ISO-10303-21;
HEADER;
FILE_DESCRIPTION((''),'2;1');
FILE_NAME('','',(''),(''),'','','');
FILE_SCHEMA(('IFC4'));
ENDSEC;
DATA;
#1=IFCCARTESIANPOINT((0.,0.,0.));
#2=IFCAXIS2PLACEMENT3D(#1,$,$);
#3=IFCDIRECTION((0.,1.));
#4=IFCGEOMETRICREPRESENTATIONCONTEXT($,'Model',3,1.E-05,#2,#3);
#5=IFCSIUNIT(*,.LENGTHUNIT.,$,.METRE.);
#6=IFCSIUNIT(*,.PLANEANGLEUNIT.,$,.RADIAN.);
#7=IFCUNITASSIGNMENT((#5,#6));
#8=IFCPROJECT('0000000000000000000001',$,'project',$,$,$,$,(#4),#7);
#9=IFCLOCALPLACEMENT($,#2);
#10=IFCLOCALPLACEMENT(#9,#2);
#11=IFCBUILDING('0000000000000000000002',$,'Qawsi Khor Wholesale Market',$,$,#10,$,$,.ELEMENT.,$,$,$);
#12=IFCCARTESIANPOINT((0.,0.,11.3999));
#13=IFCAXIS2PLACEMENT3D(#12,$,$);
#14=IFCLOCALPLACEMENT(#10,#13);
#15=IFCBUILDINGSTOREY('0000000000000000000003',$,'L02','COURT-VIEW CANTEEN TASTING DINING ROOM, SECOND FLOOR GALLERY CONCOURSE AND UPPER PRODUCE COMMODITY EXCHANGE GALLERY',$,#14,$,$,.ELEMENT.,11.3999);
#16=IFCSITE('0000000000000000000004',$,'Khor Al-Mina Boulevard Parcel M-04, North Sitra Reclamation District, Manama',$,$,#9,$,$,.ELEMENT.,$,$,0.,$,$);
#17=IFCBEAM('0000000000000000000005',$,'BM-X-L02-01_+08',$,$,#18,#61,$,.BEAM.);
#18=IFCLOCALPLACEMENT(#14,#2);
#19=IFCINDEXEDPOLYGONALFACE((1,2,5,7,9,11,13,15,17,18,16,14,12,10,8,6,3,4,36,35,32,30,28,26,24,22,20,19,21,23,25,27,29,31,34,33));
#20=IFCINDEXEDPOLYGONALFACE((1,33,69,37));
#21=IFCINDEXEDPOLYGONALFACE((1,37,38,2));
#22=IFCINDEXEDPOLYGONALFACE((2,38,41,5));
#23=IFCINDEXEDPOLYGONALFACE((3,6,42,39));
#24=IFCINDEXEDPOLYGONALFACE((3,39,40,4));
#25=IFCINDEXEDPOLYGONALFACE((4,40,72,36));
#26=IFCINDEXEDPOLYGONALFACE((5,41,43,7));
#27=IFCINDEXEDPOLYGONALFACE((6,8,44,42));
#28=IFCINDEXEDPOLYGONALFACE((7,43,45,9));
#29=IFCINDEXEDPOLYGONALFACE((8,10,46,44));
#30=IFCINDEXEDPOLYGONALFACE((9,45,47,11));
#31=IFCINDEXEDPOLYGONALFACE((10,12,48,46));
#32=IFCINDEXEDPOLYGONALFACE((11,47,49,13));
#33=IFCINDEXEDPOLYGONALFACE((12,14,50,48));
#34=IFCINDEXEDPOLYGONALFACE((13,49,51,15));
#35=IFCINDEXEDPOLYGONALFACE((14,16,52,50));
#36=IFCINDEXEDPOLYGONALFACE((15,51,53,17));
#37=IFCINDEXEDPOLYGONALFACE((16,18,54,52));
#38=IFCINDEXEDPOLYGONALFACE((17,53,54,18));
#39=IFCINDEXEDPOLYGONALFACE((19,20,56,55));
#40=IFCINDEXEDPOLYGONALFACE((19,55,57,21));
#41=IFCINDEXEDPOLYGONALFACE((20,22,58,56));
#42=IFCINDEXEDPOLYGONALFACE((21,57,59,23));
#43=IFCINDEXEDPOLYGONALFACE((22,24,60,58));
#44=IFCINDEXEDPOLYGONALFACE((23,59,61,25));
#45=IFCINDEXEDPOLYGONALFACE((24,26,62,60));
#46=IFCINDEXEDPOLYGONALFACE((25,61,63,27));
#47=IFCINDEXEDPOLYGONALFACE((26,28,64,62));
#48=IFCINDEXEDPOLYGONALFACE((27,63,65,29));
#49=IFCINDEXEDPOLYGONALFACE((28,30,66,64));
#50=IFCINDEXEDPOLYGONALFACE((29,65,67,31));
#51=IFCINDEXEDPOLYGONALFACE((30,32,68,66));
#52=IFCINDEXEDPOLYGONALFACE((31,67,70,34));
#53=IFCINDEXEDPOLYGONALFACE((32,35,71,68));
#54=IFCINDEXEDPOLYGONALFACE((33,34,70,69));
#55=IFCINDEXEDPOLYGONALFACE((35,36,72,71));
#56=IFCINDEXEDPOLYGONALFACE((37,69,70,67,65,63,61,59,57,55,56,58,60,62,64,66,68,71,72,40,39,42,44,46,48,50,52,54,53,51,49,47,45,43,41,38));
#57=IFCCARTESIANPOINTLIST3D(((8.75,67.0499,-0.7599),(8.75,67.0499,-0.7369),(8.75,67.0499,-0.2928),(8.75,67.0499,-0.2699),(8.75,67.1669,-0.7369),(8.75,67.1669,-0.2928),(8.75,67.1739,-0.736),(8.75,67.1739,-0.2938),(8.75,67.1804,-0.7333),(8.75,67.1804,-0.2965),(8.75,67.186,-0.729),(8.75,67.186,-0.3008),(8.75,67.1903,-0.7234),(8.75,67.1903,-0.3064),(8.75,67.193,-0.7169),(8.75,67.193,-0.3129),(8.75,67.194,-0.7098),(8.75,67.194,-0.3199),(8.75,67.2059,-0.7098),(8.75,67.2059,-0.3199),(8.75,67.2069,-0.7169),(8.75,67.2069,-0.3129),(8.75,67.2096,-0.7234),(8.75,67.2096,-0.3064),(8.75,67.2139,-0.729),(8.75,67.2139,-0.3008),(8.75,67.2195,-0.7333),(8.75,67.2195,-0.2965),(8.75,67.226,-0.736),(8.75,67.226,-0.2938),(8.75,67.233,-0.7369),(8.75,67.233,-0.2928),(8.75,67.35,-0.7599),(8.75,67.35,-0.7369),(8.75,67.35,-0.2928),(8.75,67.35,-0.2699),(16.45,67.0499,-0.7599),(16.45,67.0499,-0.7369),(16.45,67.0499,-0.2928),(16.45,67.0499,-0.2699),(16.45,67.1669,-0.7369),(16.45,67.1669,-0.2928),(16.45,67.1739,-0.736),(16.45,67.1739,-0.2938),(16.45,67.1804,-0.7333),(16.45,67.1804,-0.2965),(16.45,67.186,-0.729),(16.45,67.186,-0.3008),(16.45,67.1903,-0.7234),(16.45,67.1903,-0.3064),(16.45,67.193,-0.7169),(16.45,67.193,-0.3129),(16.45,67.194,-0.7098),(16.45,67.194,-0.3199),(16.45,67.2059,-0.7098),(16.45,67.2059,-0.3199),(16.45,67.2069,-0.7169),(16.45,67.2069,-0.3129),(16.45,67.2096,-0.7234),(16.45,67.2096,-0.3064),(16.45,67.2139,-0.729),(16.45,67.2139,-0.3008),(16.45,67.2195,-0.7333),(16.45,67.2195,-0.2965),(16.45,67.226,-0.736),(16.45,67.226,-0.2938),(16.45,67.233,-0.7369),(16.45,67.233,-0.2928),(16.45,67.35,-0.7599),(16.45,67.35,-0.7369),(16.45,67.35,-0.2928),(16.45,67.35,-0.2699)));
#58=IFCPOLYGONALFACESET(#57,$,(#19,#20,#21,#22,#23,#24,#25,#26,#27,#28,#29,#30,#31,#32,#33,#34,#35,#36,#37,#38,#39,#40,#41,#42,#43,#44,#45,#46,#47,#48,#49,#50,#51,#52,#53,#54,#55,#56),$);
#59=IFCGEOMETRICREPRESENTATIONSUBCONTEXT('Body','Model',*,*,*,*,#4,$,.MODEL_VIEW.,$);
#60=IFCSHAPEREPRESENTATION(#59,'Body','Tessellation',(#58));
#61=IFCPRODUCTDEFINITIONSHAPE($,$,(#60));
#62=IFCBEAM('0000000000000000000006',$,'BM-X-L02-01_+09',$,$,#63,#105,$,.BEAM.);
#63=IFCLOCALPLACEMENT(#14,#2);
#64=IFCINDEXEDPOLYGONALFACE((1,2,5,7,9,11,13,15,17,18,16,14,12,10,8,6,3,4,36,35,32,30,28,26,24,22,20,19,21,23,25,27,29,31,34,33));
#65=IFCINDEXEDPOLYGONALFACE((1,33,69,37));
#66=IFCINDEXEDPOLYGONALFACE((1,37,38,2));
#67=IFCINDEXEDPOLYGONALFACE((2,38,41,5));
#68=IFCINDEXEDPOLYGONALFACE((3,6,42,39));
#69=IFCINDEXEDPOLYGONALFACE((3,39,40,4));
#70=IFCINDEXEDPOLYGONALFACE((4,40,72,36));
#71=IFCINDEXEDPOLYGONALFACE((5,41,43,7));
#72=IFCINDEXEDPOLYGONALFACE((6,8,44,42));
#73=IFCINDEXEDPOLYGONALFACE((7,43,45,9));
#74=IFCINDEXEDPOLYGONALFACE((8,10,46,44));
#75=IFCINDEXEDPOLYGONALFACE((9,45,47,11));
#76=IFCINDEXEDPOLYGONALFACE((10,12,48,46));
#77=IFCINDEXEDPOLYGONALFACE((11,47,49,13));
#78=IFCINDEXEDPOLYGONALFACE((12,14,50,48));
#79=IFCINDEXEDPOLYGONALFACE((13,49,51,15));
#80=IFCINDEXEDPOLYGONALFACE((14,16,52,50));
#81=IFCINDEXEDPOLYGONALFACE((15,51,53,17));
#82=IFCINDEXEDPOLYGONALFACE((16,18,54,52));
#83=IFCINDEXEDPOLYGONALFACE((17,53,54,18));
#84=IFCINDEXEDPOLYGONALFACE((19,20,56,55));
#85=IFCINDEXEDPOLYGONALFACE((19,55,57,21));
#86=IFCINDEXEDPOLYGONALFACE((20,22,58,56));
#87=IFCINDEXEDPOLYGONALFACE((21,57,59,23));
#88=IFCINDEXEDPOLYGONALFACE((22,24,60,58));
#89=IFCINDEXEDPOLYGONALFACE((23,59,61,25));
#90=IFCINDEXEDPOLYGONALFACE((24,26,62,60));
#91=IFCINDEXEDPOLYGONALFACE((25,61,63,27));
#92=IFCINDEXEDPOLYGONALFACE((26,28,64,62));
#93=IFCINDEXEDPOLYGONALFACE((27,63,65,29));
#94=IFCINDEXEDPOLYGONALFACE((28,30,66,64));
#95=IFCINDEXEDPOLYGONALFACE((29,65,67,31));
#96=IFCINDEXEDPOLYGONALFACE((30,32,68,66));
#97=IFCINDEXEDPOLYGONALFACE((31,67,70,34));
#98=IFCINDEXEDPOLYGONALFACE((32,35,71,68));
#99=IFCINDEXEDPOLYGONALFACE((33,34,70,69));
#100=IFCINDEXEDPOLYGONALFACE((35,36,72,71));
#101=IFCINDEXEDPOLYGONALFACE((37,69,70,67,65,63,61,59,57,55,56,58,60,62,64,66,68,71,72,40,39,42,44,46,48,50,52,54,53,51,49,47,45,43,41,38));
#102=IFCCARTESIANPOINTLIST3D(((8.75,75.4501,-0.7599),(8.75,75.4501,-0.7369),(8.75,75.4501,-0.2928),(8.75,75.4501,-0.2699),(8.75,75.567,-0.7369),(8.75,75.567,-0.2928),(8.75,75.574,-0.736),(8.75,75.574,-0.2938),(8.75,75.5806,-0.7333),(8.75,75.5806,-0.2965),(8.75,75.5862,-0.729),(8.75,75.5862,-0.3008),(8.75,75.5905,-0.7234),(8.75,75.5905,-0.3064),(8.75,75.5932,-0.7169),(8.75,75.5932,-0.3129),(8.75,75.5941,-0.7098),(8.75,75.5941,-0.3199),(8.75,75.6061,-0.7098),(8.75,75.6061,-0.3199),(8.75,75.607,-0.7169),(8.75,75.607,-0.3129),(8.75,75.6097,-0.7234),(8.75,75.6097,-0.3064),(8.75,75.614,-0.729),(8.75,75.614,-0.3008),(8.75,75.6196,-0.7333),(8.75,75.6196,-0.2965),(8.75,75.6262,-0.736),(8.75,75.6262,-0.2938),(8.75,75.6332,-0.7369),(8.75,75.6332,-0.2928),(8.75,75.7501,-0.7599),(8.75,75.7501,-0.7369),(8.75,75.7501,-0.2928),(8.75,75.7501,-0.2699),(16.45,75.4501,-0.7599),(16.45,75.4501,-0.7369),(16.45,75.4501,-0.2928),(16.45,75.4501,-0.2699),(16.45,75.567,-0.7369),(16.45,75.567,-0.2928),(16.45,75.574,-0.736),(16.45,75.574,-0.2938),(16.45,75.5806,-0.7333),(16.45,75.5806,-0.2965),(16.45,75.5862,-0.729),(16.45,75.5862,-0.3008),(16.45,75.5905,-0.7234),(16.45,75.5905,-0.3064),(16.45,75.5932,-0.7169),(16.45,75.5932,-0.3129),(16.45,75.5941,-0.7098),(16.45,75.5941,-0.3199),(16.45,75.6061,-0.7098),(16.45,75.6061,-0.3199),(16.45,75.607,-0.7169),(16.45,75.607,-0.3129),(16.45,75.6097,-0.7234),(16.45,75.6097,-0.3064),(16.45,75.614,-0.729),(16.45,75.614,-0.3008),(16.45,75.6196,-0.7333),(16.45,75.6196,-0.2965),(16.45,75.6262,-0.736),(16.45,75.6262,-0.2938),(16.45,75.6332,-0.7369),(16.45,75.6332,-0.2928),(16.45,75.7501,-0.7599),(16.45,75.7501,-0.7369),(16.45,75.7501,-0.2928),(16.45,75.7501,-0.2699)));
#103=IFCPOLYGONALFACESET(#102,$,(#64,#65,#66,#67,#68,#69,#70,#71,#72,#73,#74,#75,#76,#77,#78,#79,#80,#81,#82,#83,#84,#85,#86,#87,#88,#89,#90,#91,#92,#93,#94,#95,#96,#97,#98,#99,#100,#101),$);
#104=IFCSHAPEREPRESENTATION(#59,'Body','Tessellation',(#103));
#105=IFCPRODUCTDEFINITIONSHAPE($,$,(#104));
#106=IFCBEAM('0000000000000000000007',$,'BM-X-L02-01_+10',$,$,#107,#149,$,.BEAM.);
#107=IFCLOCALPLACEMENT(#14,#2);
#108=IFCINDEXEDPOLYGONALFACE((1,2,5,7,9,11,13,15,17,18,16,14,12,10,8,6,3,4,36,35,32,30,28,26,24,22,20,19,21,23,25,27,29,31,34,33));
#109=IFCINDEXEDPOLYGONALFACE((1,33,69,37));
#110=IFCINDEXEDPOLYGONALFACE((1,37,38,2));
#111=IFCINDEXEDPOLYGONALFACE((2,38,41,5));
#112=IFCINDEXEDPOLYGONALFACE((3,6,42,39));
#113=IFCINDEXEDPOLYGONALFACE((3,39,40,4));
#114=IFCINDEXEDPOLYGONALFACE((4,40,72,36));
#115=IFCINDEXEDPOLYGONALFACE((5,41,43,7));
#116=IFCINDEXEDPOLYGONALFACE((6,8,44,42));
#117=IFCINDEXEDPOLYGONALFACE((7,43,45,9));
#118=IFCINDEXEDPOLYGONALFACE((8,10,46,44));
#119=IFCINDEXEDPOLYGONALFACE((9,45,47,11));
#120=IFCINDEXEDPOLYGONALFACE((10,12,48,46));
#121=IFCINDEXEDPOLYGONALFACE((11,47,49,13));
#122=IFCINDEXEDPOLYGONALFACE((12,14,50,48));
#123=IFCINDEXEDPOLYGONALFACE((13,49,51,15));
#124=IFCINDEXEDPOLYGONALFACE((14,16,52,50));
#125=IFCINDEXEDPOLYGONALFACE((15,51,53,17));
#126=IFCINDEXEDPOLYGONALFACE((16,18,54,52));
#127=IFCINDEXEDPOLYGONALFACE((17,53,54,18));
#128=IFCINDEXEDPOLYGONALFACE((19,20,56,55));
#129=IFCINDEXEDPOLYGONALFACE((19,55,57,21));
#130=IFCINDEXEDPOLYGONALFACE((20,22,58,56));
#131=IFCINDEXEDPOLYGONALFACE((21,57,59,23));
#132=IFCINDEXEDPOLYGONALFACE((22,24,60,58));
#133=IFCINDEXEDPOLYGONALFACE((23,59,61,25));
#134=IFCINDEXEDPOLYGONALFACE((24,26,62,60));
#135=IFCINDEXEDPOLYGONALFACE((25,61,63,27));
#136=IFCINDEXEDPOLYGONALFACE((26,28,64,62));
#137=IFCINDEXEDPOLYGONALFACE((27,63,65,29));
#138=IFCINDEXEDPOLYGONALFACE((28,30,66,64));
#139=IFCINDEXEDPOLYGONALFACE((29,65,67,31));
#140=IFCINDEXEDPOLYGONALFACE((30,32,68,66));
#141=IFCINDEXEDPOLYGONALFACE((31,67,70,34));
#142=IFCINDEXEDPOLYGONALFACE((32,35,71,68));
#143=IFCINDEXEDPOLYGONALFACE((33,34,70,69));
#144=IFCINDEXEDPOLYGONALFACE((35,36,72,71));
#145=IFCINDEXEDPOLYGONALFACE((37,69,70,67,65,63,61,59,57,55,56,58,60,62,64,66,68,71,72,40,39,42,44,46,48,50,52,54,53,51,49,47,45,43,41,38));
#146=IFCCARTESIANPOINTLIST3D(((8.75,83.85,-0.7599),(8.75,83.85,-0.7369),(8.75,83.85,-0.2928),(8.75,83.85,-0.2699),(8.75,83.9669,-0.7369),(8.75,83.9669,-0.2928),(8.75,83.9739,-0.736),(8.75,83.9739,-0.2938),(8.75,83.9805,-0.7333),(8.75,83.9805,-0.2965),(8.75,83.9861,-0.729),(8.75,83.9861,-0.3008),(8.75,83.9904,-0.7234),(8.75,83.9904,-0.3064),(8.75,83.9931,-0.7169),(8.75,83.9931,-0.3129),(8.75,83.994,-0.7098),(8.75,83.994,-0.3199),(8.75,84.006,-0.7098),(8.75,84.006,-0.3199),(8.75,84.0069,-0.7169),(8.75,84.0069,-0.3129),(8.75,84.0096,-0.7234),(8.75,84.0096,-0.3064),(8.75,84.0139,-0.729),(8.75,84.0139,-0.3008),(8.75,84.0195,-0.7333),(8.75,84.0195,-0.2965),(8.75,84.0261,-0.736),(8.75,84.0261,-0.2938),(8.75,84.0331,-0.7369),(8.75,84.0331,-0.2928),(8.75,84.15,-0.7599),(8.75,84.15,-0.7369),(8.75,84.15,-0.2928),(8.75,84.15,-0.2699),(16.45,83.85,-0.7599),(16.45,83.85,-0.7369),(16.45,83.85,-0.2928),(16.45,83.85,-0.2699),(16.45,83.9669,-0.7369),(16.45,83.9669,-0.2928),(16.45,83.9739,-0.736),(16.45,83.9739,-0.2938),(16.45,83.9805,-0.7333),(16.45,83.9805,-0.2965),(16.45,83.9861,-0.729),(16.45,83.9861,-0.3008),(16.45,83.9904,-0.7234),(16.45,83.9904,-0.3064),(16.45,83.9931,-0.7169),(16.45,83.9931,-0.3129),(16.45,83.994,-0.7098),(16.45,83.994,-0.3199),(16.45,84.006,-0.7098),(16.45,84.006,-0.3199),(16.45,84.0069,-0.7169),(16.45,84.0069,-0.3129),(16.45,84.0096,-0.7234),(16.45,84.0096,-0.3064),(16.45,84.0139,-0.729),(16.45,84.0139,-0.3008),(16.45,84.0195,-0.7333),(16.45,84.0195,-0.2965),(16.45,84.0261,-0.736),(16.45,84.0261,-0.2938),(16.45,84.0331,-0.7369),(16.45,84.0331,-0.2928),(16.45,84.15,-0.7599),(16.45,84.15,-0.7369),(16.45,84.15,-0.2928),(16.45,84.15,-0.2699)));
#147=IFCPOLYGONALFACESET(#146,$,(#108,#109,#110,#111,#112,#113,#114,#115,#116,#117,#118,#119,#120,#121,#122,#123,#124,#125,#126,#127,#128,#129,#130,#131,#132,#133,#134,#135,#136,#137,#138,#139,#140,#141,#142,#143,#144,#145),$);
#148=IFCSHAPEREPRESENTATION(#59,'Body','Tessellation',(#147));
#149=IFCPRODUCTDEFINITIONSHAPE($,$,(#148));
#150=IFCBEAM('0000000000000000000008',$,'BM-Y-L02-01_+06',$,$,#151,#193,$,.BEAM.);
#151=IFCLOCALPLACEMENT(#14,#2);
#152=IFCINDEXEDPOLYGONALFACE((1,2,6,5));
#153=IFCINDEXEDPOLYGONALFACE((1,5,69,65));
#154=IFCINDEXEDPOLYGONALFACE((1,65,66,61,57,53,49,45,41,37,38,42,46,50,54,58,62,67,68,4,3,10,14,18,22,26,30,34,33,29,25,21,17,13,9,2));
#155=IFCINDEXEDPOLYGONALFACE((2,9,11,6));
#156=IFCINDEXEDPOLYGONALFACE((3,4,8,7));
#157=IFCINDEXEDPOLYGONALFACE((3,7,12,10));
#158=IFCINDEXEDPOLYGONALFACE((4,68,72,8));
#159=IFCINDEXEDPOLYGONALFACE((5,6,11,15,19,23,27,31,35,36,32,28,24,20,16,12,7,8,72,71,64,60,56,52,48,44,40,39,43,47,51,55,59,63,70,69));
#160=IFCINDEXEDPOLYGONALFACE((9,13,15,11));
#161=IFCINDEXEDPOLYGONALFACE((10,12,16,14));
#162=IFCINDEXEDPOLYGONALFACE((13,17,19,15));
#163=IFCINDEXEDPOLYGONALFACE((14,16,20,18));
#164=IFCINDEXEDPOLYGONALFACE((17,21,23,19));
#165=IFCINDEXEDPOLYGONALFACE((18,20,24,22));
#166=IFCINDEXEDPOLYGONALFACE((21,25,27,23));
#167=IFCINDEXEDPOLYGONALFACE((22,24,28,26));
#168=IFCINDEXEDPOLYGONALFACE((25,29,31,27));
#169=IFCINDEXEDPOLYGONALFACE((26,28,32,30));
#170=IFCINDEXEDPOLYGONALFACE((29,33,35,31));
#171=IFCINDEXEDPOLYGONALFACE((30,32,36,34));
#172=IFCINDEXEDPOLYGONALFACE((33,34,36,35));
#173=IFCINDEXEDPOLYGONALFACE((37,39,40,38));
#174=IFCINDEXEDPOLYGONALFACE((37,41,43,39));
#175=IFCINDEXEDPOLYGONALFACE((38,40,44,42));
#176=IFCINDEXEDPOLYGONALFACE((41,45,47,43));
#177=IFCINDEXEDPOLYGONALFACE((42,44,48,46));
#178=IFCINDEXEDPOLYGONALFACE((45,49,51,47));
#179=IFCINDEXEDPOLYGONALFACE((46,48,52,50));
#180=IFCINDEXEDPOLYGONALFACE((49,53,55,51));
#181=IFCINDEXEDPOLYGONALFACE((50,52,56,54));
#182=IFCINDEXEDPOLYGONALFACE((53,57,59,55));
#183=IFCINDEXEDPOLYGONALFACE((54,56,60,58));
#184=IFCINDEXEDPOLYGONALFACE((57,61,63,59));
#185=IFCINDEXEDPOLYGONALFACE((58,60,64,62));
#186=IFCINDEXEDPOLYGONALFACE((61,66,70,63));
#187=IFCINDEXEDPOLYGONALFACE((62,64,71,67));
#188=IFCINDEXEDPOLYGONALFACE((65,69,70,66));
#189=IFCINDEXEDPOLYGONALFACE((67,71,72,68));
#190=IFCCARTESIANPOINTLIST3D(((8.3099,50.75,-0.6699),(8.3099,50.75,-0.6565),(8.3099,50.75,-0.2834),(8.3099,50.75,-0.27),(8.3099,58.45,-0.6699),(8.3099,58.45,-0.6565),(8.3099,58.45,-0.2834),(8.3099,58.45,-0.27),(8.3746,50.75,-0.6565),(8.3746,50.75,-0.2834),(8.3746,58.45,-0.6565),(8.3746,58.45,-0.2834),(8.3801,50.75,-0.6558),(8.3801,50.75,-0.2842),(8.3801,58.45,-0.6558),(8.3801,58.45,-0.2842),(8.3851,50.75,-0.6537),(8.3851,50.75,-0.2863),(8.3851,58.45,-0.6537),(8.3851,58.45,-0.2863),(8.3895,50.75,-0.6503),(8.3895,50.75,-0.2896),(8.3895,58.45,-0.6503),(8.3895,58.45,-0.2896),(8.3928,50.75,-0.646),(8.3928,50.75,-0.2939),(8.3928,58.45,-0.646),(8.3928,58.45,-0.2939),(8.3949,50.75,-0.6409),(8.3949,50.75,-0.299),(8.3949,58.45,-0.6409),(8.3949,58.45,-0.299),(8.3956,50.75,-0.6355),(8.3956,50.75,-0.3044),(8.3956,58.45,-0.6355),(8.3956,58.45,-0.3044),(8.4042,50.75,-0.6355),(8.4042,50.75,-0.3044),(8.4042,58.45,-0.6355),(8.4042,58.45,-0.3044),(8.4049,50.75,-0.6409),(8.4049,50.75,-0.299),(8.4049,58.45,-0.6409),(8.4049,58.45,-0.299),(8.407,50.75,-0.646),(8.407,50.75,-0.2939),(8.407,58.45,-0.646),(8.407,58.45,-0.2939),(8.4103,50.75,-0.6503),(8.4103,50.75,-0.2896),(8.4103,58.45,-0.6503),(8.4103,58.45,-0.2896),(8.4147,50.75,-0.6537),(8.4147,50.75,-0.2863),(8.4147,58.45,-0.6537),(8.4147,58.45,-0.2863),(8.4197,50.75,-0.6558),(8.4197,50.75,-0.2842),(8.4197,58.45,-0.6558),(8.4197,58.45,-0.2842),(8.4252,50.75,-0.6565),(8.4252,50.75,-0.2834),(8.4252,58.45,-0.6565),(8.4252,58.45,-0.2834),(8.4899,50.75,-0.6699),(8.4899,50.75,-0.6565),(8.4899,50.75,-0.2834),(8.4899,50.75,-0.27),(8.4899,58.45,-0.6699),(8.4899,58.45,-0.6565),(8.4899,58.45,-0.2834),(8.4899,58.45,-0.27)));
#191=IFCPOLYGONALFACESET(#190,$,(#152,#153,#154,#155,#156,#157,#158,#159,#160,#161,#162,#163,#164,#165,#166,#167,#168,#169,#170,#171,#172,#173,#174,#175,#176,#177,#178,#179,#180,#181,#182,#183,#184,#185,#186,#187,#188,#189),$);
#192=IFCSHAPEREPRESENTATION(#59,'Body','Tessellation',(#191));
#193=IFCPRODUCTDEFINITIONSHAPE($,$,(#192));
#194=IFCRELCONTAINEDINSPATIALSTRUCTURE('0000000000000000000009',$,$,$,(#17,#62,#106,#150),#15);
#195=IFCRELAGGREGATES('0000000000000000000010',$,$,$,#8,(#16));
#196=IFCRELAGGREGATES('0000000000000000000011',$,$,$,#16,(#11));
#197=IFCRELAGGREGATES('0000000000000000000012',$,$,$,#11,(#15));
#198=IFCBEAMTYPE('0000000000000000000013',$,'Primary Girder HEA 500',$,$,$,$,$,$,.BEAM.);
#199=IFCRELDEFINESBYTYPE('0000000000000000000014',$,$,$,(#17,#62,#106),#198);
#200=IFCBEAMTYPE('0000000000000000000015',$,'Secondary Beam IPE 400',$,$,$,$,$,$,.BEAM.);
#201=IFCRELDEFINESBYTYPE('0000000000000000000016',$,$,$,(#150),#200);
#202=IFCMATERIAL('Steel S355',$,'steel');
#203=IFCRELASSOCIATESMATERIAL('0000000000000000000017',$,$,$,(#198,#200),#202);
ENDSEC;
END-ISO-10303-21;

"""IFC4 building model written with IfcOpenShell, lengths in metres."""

from ifc_helpers import new_model, si_unit, direction, frame, origin, origin_2d, place, context, subcontext, project, spatial, i_section, extrude, material, material_profile, profile_set, type_object, element, save


model = new_model("IFC4")

# Units and contexts
model_context = context("Model", 3, precision=1e-05, world=origin(), true_north=direction((0.0, 1.0)))
body_context = subcontext(model_context, "Body", "Model", "MODEL_VIEW")
ifc_project = project(units=[si_unit("LENGTHUNIT", "METRE"), si_unit("PLANEANGLEUNIT", "RADIAN")], contexts=[model_context])

# Site, building, storey
site_placement = place(None, origin())
site = spatial("IfcSite", under=ifc_project, at=site_placement, Name="Khor Al-Mina Boulevard Parcel M-04, North Sitra Reclamation District, Manama", CompositionType="ELEMENT", RefElevation=0.0)
building_placement = place(site_placement, origin())
building = spatial("IfcBuilding", under=site, at=building_placement, Name="Qawsi Khor Wholesale Market", CompositionType="ELEMENT")
storey_placement = place(building_placement, frame((0.0, 0.0, 11.3999)))
storey = spatial("IfcBuildingStorey", under=building, at=storey_placement, Name="L02", Description="COURT-VIEW CANTEEN TASTING DINING ROOM, SECOND FLOOR GALLERY CONCOURSE AND UPPER PRODUCE COMMODITY EXCHANGE GALLERY", CompositionType="ELEMENT", Elevation=11.3999)

# Beams
ifc_material_1 = material(Name="Steel S355", Category="steel")
ifc_material_profile_1 = material_profile(ifc_material_1, i_section(OverallWidth=0.3, OverallDepth=0.49, WebThickness=0.012, FlangeThickness=0.0229, FilletRadius=0.0271, at=origin_2d()), Name="HEA 500")
ifc_profile_set_1 = profile_set([ifc_material_profile_1], Name="Steel S355")
beam_type_1 = type_object("IfcBeamType", Name="Primary Girder HEA 500", PredefinedType="BEAM", material=ifc_profile_set_1)
for number, where, z_axis, x_axis, name in (
    (1, (8.75, 67.2, -0.5149), (1.0, 0.0, 0.0), (0.0, 1.0, 0.0), "BM-X-L02-01_+08"),
    (2, (8.75, 75.6001, -0.5149), (1.0, 0.0, 0.0), (0.0, 1.0, 0.0), "BM-X-L02-01_+09"),
    (3, (8.75, 84.0, -0.5149), (1.0, 0.0, 0.0), (0.0, 1.0, 0.0), "BM-X-L02-01_+10"),
):
    element("IfcBeam", number, at=place(storey_placement, frame(where, z_axis=z_axis, x_axis=x_axis)), inside=storey, type_object=beam_type_1, Name=name, PredefinedType="BEAM", context=body_context, shape_type="SweptSolid", body=[
        extrude(i_section(OverallWidth=0.3, OverallDepth=0.49, WebThickness=0.012, FlangeThickness=0.0229, FilletRadius=0.0271, at=origin_2d()), origin(), (0.0, 0.0, 1.0), 7.7),
    ])
ifc_material_profile_2 = material_profile(ifc_material_1, i_section(OverallWidth=0.1799, OverallDepth=0.3999, WebThickness=0.0085, FlangeThickness=0.0134, FilletRadius=0.021, at=origin_2d()), Name="IPE 400")
ifc_profile_set_2 = profile_set([ifc_material_profile_2], Name="Steel S355")
beam_type_2 = type_object("IfcBeamType", Name="Secondary Beam IPE 400", PredefinedType="BEAM", material=ifc_profile_set_2)
beam_1_placement = place(storey_placement, frame((8.3999, 50.75, -0.47), z_axis=(0.0, 1.0, 0.0), x_axis=(-1.0, 0.0, 0.0)))
element("IfcBeam", 4, at=beam_1_placement, inside=storey, type_object=beam_type_2, Name="BM-Y-L02-01_+06", PredefinedType="BEAM", context=body_context, shape_type="SweptSolid", body=[
    extrude(i_section(OverallWidth=0.1799, OverallDepth=0.3999, WebThickness=0.0085, FlangeThickness=0.0134, FilletRadius=0.021, at=origin_2d()), origin(), (0.0, 0.0, 1.0), 7.7),
])

save(model, "model.ifc")
